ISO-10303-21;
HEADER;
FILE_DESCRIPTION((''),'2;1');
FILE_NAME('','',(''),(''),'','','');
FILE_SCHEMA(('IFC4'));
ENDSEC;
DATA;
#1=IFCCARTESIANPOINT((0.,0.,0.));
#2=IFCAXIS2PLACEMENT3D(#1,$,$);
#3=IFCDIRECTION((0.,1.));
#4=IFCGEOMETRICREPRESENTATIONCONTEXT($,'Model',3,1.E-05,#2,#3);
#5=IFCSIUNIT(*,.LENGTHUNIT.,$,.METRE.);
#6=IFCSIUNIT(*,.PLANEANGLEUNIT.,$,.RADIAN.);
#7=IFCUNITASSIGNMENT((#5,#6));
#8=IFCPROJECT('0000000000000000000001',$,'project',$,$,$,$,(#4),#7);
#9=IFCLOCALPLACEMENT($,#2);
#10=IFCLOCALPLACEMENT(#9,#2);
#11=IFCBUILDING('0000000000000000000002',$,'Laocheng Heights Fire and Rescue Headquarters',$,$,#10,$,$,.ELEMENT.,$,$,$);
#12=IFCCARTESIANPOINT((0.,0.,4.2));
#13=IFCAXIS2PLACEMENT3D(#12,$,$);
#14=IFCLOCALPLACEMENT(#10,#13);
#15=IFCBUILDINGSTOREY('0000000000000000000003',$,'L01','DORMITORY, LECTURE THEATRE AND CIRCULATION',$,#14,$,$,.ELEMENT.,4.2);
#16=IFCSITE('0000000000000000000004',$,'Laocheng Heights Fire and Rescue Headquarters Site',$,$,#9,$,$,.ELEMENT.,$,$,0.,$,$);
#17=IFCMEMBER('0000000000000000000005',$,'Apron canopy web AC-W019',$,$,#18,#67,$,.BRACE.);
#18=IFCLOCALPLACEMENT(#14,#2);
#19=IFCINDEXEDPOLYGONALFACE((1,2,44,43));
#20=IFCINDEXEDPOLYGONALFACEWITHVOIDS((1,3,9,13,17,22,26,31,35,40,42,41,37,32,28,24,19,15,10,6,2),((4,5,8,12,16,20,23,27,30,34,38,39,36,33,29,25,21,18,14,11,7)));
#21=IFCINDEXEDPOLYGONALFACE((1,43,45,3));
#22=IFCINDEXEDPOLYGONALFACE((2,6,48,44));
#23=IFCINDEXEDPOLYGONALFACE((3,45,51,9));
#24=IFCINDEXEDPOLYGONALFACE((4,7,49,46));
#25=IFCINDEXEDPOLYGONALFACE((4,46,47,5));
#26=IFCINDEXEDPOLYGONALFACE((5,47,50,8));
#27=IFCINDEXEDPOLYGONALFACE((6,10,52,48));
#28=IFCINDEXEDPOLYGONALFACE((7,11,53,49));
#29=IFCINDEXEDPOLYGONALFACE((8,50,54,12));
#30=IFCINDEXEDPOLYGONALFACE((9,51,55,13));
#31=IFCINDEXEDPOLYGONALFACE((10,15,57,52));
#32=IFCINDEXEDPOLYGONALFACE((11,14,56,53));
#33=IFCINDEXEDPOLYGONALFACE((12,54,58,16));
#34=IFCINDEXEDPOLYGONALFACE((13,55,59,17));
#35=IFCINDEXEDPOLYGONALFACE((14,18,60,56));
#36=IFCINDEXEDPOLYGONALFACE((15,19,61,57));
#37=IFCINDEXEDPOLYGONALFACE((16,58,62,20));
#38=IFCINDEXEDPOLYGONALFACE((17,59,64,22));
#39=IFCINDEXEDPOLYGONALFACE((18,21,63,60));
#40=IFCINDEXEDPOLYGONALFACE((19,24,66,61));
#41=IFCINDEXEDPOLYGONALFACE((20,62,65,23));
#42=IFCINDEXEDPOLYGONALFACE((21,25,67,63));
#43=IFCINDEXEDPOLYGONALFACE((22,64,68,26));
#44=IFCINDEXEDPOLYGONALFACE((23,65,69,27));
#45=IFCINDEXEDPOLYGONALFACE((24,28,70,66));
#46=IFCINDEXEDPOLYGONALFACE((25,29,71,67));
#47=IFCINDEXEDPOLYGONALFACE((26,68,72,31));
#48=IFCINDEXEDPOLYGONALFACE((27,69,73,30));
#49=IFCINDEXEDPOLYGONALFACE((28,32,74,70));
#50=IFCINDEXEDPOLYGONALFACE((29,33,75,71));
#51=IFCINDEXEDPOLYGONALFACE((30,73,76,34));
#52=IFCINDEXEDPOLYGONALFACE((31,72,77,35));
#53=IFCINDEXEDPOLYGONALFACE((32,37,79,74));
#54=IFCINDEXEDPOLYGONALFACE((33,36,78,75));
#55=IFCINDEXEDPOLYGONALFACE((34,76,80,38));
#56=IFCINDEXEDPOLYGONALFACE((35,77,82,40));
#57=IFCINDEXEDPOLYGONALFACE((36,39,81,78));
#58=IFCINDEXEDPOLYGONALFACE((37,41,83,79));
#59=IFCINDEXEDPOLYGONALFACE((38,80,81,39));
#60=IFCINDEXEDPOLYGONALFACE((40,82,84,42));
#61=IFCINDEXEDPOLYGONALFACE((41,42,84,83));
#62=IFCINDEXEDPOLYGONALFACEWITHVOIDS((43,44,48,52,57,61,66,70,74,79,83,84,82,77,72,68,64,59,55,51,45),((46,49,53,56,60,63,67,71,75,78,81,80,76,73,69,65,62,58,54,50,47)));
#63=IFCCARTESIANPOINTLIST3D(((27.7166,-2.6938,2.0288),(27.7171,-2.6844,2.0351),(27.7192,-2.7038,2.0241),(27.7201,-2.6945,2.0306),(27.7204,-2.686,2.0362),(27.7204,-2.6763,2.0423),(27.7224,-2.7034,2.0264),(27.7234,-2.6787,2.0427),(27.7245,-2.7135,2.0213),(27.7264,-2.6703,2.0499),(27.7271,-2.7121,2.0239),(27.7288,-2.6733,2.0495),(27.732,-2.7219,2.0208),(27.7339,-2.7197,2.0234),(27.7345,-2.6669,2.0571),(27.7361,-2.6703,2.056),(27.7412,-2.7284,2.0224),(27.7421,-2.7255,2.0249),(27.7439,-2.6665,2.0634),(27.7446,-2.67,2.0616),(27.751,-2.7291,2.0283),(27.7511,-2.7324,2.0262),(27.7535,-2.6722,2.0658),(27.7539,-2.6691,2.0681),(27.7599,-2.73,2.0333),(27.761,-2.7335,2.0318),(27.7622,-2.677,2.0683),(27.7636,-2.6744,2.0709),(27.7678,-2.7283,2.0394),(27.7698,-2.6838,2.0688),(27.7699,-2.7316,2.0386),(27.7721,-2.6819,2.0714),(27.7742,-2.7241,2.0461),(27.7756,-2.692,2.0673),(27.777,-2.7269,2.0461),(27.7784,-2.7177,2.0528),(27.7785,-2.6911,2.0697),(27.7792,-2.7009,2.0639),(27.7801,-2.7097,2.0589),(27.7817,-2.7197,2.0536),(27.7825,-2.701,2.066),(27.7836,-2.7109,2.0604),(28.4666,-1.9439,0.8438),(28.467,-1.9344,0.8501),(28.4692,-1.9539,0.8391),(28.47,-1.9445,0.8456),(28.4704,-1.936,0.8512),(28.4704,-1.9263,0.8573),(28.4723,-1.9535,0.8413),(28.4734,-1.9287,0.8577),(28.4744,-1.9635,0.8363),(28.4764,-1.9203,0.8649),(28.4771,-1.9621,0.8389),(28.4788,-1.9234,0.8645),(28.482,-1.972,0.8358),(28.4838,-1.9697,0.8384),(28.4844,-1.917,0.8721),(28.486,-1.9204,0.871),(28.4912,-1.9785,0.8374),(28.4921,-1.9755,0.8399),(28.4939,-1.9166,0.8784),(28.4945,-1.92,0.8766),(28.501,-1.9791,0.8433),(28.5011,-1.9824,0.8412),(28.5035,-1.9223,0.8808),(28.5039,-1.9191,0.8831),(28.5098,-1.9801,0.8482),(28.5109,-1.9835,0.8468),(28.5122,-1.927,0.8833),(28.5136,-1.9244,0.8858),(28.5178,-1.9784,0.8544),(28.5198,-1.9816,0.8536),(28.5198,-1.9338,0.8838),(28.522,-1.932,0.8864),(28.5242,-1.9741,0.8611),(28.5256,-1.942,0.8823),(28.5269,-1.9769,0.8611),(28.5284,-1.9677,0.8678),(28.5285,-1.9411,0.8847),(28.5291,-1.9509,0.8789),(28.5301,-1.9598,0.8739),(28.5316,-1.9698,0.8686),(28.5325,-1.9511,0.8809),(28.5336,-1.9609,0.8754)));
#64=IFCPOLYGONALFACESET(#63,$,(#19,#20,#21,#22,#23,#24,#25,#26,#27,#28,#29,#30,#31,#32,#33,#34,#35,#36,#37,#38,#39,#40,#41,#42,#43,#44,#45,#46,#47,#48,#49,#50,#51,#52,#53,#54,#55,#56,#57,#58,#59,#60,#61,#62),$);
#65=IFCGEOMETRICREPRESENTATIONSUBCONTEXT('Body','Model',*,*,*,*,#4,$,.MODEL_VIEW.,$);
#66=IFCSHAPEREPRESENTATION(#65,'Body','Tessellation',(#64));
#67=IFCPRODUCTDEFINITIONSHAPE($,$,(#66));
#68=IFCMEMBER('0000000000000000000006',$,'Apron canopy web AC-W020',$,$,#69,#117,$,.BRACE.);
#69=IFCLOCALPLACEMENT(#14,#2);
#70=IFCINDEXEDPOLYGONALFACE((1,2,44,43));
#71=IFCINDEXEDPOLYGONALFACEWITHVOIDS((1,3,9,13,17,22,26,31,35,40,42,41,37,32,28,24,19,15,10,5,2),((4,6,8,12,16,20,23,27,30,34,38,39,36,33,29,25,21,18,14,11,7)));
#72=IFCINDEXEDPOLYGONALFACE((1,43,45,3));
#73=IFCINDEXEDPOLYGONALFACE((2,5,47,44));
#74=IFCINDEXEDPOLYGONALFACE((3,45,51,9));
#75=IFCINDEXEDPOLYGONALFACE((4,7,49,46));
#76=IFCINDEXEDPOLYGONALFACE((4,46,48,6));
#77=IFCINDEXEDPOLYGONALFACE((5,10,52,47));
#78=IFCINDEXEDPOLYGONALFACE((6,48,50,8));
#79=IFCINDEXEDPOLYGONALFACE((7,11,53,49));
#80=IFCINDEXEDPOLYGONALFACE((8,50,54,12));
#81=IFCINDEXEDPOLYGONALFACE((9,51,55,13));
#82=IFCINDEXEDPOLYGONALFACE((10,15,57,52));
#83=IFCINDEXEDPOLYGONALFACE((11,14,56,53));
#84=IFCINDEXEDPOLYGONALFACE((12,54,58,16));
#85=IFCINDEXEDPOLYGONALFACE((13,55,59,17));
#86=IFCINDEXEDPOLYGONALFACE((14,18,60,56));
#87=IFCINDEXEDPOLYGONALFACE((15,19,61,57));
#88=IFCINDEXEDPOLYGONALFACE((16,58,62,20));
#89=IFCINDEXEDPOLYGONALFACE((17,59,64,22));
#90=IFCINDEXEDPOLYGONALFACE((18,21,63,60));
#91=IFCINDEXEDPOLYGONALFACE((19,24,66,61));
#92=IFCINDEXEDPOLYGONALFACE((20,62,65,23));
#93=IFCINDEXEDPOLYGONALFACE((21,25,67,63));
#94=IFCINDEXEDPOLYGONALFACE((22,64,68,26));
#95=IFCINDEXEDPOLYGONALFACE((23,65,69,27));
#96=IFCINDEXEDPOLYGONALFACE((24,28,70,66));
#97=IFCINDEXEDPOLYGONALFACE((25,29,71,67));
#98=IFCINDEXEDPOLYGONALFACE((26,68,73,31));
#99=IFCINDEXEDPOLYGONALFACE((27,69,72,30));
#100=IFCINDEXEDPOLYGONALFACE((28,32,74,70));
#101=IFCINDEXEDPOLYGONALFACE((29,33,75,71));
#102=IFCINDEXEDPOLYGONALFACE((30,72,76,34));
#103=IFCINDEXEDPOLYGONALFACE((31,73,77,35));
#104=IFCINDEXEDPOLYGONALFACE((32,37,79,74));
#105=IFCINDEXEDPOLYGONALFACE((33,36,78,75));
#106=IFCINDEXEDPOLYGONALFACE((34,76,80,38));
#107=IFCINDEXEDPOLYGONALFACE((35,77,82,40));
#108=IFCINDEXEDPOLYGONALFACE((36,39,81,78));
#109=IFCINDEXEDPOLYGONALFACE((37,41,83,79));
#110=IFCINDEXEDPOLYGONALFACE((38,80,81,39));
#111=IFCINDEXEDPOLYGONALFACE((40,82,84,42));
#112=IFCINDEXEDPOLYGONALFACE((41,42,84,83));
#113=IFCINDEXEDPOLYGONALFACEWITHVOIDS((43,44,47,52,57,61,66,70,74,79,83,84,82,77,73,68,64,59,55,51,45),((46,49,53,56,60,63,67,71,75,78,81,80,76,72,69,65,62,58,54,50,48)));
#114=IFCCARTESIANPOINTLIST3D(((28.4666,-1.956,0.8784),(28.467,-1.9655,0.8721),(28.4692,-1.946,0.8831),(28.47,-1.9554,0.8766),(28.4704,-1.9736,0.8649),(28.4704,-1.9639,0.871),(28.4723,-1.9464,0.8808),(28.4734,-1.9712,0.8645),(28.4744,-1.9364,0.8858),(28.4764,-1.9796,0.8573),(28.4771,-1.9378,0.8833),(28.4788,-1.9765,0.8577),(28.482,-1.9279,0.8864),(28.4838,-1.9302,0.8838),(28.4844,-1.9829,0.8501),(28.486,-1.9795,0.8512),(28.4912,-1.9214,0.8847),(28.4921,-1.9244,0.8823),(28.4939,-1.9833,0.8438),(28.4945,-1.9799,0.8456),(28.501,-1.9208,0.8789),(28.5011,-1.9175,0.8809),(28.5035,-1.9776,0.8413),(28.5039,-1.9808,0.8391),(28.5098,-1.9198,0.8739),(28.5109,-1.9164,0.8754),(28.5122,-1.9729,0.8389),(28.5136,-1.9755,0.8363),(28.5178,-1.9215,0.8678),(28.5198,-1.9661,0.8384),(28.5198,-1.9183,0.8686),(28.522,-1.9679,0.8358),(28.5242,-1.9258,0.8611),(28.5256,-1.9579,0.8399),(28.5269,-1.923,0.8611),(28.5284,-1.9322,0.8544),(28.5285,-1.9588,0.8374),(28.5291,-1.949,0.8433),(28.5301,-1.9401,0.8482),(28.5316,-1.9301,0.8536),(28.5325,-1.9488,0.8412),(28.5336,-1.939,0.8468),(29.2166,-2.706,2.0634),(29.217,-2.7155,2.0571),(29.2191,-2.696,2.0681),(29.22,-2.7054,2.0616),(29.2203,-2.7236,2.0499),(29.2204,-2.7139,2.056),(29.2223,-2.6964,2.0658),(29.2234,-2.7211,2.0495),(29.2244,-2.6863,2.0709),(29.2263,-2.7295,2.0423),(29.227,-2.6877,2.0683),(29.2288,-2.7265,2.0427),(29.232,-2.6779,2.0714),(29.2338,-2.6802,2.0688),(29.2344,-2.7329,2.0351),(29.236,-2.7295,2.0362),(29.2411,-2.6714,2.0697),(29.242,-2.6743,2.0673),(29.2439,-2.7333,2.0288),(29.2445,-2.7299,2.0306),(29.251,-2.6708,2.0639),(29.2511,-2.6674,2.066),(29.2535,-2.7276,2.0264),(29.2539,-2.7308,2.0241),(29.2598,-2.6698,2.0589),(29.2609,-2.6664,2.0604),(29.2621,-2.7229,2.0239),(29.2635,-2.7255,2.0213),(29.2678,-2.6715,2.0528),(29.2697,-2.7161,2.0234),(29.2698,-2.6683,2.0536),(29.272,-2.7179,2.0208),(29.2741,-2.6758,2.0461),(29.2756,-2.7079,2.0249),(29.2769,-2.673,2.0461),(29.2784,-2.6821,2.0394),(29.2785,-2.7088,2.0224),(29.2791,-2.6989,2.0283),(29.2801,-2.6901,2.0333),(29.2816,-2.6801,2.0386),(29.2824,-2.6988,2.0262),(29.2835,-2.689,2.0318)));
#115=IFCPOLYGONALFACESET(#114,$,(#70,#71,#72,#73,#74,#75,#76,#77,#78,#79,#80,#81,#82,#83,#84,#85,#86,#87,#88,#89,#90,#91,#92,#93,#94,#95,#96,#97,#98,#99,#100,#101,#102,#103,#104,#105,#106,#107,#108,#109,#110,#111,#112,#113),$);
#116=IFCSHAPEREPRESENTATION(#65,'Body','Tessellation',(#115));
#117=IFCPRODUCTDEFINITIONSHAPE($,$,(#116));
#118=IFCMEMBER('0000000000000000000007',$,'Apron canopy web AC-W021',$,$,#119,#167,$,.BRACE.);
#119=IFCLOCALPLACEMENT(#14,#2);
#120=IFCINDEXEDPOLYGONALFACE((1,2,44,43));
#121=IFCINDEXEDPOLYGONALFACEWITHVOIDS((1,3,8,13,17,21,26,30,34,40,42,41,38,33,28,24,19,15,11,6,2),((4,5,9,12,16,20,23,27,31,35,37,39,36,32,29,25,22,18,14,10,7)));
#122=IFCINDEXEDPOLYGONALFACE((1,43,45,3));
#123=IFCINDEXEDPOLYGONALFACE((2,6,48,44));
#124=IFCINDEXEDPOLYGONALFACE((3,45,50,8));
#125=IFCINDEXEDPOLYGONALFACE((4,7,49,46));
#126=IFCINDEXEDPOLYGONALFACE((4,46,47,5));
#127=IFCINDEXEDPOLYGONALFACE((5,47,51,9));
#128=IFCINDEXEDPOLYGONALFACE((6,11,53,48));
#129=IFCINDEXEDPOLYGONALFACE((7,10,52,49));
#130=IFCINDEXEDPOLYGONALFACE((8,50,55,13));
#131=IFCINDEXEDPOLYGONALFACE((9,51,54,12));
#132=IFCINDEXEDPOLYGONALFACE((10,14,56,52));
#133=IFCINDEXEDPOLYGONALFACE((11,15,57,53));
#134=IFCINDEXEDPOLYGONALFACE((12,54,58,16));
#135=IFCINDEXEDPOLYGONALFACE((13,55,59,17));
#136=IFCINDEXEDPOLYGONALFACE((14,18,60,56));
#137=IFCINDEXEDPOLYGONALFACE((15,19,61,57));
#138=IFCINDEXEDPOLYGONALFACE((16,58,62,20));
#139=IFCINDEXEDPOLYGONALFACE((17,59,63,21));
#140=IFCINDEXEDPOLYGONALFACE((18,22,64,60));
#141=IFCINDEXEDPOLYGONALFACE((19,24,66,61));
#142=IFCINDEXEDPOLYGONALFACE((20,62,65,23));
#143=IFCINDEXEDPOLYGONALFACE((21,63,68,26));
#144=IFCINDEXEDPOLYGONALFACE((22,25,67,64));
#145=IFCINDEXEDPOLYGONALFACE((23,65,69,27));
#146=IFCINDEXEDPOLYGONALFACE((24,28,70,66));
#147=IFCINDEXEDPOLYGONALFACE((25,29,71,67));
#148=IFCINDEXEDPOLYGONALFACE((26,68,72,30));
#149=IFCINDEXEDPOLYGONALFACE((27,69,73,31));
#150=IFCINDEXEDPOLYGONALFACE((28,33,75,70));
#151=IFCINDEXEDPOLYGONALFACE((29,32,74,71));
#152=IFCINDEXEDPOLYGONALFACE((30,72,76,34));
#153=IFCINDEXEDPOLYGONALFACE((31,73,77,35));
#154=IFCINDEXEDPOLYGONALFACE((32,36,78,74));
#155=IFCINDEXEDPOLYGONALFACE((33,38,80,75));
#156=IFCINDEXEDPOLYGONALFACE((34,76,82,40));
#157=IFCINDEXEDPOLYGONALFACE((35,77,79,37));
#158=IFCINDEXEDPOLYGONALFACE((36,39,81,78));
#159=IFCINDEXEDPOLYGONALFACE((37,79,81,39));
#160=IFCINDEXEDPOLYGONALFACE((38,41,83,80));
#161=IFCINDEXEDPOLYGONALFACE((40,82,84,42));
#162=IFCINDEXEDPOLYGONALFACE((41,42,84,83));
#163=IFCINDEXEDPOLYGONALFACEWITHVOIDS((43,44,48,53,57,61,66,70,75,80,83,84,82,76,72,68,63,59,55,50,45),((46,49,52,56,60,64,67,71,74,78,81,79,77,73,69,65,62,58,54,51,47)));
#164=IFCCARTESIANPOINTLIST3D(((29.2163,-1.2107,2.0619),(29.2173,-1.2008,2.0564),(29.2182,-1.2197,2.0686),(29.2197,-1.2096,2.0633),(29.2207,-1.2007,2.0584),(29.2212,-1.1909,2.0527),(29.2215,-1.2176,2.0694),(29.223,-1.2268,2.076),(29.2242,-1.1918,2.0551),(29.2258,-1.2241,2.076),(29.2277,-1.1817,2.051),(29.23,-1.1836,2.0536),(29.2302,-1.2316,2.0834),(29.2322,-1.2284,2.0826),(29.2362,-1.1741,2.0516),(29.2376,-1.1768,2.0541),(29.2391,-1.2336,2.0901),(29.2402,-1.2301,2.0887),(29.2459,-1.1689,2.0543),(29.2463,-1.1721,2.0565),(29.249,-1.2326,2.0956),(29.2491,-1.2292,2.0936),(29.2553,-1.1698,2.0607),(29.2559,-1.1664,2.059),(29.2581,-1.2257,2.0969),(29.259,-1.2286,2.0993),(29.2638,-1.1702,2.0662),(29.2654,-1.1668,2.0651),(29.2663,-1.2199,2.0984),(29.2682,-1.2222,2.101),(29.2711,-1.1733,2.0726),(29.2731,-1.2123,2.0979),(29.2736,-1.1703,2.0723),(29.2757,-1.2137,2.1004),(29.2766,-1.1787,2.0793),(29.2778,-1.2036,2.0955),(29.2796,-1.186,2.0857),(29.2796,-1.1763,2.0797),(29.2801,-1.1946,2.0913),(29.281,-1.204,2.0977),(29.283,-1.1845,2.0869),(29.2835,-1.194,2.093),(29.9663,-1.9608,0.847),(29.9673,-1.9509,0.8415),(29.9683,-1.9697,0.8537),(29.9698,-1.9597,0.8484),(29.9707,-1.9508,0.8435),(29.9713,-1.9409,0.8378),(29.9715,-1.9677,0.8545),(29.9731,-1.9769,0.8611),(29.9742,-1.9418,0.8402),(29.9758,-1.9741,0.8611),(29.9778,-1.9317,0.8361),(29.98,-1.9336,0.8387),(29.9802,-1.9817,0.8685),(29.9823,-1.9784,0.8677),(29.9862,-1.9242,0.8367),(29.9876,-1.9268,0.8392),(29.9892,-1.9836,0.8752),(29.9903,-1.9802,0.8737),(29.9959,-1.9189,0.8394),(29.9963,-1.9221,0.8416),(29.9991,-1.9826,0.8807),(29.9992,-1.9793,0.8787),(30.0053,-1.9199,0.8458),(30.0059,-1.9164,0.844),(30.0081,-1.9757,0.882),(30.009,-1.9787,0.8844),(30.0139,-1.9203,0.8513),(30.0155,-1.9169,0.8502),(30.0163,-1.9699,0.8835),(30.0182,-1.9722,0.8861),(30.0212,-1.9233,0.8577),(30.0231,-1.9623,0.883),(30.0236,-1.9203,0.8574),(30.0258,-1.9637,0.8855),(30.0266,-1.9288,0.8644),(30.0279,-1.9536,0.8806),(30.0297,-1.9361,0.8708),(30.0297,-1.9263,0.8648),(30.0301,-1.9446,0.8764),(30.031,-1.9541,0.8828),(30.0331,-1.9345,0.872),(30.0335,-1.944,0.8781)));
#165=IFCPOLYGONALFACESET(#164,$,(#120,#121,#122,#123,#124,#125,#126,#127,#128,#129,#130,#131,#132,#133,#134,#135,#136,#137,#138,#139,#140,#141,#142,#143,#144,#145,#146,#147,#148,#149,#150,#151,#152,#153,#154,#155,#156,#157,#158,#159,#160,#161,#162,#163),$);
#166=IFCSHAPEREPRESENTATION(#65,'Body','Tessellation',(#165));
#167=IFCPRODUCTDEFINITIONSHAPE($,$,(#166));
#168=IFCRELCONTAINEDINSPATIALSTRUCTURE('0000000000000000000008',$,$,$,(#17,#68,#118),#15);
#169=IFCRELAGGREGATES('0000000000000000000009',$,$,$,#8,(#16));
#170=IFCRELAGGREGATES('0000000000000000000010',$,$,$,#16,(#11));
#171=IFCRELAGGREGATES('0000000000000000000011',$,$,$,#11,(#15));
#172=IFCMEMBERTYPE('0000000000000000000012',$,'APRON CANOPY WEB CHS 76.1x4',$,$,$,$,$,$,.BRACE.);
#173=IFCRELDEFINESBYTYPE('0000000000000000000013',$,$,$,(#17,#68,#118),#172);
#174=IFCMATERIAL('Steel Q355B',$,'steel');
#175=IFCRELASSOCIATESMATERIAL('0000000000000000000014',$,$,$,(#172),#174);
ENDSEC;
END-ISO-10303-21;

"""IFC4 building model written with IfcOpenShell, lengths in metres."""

from ifc_helpers import new_model, si_unit, direction, frame, origin, origin_2d, place, context, subcontext, project, spatial, hollow_circle, extrude, material, material_profile, profile_set, type_object, element, save


model = new_model("IFC4")

# Units and contexts
model_context = context("Model", 3, precision=1e-05, world=origin(), true_north=direction((0.0, 1.0)))
body_context = subcontext(model_context, "Body", "Model", "MODEL_VIEW")
ifc_project = project(units=[si_unit("LENGTHUNIT", "METRE"), si_unit("PLANEANGLEUNIT", "RADIAN")], contexts=[model_context])

# Site, building, storey
site_placement = place(None, origin())
site = spatial("IfcSite", under=ifc_project, at=site_placement, Name="Laocheng Heights Fire and Rescue Headquarters Site", CompositionType="ELEMENT", RefElevation=0.0)
building_placement = place(site_placement, origin())
building = spatial("IfcBuilding", under=site, at=building_placement, Name="Laocheng Heights Fire and Rescue Headquarters", CompositionType="ELEMENT")
storey_placement = place(building_placement, frame((0.0, 0.0, 4.2)))
storey = spatial("IfcBuildingStorey", under=building, at=storey_placement, Name="L01", Description="DORMITORY, LECTURE THEATRE AND CIRCULATION", CompositionType="ELEMENT", Elevation=4.2)

# Members
ifc_material_1 = material(Name="Steel Q355B", Category="steel")
ifc_material_profile_1 = material_profile(ifc_material_1, hollow_circle(Radius=0.0381, WallThickness=0.0039, at=origin_2d()), Name="CHS 76.1x4")
ifc_profile_set_1 = profile_set([ifc_material_profile_1], Name="Steel Q355B")
member_type_1 = type_object("IfcMemberType", Name="APRON CANOPY WEB CHS 76.1x4", PredefinedType="BRACE", material=ifc_profile_set_1)
for number, where, z_axis, x_axis, name in (
    (1, (28.5, -1.95, 0.8611), (-0.47158, -0.47158, 0.745134), (0.707107, -0.707107, 0.0), "Apron canopy web AC-W019"),
    (2, (28.5, -1.95, 0.8611), (0.47158, -0.47158, 0.745134), (0.707107, 0.707107, 0.0), "Apron canopy web AC-W020"),
):
    element("IfcMember", number, at=place(storey_placement, frame(where, z_axis=z_axis, x_axis=x_axis)), inside=storey, type_object=member_type_1, Name=name, PredefinedType="BRACE", context=body_context, shape_type="SweptSolid", body=[
        extrude(hollow_circle(Radius=0.0381, WallThickness=0.0039, at=origin_2d()), origin(), (0.0, 0.0, 1.0), 1.5903),
    ])
for number, where, z_axis, x_axis, name in (
    (3, (30.0, -1.95, 0.8611), (-0.465055, 0.465055, 0.753292), (-0.707107, -0.707107, 0.0), "Apron canopy web AC-W021"),
):
    element("IfcMember", number, at=place(storey_placement, frame(where, z_axis=z_axis, x_axis=x_axis)), inside=storey, type_object=member_type_1, Name=name, PredefinedType="BRACE", context=body_context, shape_type="SweptSolid", body=[
        extrude(hollow_circle(Radius=0.0381, WallThickness=0.0039, at=origin_2d()), origin(), (0.0, 0.0, 1.0), 1.6128),
    ])

save(model, "model.ifc")
